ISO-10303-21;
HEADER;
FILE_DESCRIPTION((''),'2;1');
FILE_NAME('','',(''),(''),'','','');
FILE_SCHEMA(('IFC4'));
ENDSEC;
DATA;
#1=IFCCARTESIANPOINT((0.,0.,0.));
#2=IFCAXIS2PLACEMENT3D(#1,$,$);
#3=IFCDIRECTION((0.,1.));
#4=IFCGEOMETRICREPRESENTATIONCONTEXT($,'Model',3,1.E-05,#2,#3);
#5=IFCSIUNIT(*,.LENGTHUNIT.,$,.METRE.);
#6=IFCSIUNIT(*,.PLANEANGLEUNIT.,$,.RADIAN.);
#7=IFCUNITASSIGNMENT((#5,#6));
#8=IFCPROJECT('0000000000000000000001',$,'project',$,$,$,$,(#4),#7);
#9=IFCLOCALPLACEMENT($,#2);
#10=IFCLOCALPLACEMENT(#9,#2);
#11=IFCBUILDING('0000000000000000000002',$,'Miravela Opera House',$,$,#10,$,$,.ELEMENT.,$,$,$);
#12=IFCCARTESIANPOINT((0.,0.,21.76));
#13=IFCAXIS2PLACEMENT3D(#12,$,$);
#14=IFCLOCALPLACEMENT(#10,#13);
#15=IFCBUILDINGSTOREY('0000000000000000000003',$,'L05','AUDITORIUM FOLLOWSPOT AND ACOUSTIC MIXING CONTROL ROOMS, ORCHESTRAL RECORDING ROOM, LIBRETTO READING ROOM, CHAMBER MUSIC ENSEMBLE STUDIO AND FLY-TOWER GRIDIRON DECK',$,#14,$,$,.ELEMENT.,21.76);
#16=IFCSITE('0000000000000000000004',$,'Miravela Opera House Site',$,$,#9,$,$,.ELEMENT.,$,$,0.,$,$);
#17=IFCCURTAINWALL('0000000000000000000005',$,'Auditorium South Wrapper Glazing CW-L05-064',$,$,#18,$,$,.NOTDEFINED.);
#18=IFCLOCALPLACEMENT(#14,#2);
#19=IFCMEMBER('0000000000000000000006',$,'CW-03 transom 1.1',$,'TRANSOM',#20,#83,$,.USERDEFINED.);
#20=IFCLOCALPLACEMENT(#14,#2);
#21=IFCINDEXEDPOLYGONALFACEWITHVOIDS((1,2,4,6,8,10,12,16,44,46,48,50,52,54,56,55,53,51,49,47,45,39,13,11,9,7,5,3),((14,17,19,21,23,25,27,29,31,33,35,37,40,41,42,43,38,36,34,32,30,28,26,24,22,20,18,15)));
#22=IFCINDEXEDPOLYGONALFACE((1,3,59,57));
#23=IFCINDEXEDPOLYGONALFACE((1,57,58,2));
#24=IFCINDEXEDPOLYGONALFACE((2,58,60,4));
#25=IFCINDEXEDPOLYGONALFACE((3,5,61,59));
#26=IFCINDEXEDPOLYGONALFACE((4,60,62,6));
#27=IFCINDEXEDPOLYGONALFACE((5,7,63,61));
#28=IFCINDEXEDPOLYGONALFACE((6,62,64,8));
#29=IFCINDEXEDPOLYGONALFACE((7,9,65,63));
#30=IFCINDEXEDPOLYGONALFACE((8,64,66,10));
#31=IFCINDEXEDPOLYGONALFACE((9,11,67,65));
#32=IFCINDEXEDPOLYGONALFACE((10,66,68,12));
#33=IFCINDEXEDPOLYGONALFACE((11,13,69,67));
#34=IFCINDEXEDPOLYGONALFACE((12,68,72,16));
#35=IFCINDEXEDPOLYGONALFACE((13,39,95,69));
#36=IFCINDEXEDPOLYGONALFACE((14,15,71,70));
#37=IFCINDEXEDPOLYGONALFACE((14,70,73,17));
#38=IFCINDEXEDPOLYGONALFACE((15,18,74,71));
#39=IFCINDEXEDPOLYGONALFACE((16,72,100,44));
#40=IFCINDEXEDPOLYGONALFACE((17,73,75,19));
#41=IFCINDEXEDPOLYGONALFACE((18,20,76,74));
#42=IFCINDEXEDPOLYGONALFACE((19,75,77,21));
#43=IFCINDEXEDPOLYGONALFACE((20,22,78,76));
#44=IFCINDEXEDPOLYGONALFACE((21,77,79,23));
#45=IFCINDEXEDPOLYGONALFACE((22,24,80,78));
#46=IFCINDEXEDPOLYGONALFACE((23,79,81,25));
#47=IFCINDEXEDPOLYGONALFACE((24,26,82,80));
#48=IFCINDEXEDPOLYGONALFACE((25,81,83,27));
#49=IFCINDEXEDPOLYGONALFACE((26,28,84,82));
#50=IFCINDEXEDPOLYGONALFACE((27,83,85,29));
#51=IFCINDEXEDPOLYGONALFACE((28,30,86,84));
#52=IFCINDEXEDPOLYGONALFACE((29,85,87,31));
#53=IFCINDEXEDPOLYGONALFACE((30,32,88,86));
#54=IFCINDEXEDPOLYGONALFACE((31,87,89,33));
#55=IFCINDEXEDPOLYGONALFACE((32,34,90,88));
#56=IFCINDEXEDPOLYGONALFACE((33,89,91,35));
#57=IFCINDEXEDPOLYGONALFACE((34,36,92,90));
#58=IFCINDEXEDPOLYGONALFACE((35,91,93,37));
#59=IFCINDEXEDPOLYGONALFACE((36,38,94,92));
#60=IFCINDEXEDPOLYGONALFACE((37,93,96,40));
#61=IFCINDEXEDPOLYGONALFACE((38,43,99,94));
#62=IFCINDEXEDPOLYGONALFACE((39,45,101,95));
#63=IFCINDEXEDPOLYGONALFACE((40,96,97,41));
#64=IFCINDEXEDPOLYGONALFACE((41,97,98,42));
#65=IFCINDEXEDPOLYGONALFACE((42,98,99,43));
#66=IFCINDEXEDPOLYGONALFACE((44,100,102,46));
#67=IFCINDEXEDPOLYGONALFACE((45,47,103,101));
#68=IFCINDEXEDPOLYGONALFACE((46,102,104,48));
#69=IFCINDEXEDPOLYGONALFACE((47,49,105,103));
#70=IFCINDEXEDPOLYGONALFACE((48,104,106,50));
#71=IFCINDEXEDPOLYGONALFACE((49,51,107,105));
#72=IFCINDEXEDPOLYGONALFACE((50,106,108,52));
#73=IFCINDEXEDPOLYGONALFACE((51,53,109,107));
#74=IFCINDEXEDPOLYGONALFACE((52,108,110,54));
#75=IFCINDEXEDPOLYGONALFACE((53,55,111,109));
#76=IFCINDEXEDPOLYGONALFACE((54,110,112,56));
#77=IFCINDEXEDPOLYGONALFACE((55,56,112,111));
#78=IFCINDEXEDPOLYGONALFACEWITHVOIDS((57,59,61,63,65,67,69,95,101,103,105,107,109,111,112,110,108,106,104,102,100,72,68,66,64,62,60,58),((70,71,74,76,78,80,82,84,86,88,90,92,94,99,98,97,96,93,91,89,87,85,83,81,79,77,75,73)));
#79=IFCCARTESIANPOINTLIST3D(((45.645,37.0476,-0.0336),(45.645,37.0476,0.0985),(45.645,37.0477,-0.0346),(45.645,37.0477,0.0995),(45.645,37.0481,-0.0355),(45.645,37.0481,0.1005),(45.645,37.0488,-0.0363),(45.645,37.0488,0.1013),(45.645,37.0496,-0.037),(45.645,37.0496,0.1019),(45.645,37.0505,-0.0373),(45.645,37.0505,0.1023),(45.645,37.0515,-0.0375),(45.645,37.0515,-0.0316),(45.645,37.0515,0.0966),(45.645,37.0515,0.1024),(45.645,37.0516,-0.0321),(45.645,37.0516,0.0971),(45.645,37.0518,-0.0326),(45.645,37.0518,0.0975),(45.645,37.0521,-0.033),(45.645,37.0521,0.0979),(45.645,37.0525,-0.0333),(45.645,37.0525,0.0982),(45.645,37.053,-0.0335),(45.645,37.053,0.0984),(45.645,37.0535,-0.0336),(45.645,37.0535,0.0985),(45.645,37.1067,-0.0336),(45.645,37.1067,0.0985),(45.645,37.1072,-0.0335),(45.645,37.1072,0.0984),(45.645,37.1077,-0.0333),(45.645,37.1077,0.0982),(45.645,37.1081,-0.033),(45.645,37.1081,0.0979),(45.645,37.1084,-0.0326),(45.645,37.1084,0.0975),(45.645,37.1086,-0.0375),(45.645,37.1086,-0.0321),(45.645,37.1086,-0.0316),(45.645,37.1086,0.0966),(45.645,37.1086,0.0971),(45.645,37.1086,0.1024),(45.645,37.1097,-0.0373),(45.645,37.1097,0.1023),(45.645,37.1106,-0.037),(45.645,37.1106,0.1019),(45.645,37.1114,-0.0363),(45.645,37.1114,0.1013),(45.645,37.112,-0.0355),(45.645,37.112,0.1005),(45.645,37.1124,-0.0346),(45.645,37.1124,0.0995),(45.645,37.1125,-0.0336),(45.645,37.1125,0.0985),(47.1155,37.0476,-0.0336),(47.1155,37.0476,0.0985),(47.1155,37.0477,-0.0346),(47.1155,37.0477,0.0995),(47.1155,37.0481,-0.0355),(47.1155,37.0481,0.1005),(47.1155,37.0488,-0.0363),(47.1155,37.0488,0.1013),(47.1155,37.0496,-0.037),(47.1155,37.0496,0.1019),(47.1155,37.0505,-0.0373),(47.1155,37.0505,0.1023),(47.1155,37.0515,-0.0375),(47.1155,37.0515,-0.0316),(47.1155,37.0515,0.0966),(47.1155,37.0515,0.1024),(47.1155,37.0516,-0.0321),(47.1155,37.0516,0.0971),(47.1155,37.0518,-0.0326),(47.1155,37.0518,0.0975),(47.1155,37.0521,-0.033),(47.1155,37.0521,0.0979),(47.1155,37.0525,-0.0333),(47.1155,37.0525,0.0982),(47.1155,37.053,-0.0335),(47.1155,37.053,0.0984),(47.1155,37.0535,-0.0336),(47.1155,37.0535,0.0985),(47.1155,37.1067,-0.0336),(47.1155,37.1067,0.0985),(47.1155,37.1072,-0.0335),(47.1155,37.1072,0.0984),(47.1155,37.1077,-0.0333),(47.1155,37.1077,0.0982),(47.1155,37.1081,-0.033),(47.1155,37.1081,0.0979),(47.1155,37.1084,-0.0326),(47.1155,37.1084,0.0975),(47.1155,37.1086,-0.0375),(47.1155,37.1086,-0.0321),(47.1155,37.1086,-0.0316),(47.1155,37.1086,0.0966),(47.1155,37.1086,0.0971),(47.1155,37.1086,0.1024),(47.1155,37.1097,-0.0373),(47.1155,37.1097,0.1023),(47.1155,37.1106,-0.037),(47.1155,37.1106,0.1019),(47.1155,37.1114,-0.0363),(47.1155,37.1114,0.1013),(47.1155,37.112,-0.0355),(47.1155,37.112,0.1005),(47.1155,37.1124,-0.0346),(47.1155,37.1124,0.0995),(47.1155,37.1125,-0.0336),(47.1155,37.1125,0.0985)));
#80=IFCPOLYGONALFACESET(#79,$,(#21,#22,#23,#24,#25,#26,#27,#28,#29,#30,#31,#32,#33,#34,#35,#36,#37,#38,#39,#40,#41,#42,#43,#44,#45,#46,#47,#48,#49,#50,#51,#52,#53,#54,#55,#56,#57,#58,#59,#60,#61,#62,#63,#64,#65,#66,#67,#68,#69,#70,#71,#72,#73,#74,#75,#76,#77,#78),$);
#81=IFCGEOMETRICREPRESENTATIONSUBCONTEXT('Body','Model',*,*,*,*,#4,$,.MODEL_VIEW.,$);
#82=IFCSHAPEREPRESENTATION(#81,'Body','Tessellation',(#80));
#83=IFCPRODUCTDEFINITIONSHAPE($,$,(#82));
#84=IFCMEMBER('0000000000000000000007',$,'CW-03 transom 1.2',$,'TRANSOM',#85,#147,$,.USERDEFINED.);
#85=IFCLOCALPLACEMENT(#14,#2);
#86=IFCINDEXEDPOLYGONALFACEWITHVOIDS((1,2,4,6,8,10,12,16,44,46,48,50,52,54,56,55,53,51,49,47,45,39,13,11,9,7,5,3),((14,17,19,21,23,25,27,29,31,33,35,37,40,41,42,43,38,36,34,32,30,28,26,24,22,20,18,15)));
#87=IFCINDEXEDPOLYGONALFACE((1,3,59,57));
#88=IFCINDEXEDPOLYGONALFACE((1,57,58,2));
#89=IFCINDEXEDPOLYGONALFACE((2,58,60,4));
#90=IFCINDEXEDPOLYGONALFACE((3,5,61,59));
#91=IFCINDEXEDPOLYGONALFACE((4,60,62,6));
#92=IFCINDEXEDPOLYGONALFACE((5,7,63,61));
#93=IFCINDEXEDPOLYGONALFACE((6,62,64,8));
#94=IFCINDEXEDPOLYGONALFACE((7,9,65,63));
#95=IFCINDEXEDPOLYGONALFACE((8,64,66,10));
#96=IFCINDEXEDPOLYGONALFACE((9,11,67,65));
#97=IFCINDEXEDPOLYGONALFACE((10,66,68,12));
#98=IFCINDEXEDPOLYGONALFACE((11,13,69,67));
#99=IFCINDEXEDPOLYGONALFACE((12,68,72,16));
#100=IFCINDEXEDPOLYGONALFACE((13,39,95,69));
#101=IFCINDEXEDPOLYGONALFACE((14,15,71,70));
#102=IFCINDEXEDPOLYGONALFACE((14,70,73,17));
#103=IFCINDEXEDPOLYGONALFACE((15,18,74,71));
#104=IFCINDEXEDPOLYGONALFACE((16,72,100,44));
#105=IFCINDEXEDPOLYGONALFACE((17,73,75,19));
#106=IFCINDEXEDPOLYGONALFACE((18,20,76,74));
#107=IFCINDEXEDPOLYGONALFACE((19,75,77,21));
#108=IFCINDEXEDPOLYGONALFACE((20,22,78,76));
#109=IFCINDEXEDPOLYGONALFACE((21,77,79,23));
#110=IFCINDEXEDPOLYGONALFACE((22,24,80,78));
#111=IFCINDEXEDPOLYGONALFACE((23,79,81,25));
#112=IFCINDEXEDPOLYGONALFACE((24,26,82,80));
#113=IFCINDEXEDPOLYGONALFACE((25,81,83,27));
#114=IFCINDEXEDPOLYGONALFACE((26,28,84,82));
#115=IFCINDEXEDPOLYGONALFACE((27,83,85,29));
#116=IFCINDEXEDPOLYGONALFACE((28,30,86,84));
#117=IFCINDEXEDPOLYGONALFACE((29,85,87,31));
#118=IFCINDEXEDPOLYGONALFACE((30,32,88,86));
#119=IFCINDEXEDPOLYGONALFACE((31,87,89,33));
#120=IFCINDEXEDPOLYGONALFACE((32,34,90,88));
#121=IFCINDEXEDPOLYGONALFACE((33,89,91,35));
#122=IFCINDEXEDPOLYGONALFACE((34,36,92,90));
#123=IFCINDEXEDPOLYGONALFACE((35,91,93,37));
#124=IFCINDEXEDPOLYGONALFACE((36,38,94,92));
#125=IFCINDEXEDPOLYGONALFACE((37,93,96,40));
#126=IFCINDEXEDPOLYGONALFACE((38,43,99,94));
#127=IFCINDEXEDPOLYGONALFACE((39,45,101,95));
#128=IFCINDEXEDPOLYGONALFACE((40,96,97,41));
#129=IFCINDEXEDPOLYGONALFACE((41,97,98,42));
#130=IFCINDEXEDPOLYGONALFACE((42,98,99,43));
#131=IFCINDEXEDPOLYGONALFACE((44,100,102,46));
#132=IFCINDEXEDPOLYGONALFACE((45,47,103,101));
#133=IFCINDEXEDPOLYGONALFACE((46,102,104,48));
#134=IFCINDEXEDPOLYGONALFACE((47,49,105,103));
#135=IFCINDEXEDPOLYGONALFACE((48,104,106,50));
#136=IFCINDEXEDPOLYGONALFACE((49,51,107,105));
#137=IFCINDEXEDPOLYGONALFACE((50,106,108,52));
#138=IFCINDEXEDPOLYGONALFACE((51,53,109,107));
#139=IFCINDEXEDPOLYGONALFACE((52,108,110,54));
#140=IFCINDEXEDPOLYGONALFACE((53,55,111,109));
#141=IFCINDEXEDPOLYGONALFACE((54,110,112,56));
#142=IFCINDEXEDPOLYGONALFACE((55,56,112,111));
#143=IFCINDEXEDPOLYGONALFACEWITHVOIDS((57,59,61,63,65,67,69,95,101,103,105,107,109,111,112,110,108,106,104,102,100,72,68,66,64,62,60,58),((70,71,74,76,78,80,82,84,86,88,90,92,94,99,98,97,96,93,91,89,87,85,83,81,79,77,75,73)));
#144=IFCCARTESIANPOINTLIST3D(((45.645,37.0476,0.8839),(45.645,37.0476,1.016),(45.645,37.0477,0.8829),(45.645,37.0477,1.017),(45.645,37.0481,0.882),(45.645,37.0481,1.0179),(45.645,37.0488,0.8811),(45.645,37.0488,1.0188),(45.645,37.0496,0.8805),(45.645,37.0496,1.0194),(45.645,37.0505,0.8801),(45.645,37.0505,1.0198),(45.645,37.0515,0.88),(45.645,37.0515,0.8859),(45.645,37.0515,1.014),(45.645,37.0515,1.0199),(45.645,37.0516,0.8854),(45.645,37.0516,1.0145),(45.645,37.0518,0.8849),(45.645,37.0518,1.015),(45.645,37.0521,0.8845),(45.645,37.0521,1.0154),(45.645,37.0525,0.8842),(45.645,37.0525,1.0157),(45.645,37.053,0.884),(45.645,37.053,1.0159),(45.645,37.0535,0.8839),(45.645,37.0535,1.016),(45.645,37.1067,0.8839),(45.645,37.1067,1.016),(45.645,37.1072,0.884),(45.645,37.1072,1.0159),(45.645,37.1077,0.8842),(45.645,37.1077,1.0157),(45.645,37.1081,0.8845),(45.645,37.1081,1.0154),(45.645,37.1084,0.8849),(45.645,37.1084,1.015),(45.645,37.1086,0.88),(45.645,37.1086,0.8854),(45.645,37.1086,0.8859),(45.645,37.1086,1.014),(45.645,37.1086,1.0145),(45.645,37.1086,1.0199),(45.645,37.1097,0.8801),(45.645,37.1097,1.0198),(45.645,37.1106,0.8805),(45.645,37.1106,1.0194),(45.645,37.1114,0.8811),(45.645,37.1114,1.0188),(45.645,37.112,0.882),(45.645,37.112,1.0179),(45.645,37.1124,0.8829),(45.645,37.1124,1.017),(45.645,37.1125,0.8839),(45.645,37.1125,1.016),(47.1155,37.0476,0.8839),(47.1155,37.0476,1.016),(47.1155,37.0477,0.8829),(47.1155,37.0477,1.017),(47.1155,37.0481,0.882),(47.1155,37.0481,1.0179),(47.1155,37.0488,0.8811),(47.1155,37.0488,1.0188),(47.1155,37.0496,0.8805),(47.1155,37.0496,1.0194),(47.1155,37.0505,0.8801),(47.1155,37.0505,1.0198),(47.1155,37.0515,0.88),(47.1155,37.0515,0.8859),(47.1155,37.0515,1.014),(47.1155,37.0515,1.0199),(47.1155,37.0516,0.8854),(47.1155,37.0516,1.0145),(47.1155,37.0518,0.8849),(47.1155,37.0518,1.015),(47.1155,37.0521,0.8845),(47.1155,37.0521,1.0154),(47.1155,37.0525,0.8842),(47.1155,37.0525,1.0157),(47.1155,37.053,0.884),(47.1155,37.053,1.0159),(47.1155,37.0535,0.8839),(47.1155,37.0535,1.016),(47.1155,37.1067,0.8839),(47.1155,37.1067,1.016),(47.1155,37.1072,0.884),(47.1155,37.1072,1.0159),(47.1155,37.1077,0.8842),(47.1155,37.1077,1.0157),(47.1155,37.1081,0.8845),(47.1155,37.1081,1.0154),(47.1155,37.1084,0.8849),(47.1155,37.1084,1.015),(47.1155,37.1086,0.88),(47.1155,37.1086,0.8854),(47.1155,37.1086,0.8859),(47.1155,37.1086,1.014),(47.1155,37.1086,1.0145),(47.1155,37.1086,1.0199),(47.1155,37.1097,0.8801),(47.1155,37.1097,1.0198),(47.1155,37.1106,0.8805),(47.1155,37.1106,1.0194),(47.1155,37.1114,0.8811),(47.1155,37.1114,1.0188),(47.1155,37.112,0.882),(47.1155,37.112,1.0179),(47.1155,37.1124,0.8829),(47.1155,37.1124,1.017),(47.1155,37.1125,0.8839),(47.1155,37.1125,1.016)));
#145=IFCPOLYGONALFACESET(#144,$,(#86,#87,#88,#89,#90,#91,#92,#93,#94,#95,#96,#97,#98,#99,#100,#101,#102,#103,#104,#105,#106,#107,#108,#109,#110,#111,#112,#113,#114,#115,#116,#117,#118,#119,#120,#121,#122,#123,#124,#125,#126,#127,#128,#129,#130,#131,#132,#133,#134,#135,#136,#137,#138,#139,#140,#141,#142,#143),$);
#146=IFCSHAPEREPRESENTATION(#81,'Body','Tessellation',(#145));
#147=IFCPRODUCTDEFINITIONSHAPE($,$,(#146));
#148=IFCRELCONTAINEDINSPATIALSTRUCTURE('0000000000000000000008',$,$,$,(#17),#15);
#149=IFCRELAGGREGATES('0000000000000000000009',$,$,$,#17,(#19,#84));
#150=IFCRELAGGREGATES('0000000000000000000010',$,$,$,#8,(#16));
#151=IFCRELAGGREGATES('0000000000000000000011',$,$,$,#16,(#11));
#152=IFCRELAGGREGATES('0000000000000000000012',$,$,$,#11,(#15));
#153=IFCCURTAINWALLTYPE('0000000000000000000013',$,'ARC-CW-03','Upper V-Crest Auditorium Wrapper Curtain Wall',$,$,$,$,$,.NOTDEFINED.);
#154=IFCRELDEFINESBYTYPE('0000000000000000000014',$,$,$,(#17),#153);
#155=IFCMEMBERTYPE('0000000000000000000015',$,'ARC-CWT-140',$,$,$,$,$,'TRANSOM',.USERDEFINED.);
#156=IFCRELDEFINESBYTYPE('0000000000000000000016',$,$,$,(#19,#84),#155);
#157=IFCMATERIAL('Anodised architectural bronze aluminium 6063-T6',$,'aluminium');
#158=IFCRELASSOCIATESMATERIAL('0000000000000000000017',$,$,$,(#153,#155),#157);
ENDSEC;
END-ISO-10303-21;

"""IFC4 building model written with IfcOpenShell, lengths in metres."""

from ifc_helpers import new_model, si_unit, direction, frame, origin, origin_2d, place, context, subcontext, project, spatial, hollow_rectangle, extrude, material, material_profile, profile_set, type_object, element, aggregate, save


model = new_model("IFC4")

# Units and contexts
model_context = context("Model", 3, precision=1e-05, world=origin(), true_north=direction((0.0, 1.0)))
body_context = subcontext(model_context, "Body", "Model", "MODEL_VIEW")
ifc_project = project(units=[si_unit("LENGTHUNIT", "METRE"), si_unit("PLANEANGLEUNIT", "RADIAN")], contexts=[model_context])

# Site, building, storey
site_placement = place(None, origin())
site = spatial("IfcSite", under=ifc_project, at=site_placement, Name="Miravela Opera House Site", CompositionType="ELEMENT", RefElevation=0.0)
building_placement = place(site_placement, origin())
building = spatial("IfcBuilding", under=site, at=building_placement, Name="Miravela Opera House", CompositionType="ELEMENT")
storey_placement = place(building_placement, frame((0.0, 0.0, 21.76)))
storey = spatial("IfcBuildingStorey", under=building, at=storey_placement, Name="L05", Description="AUDITORIUM FOLLOWSPOT AND ACOUSTIC MIXING CONTROL ROOMS, ORCHESTRAL RECORDING ROOM, LIBRETTO READING ROOM, CHAMBER MUSIC ENSEMBLE STUDIO AND FLY-TOWER GRIDIRON DECK", CompositionType="ELEMENT", Elevation=21.76)

# Shared definitions
ifc_material_1 = material(Name="Anodised architectural bronze aluminium 6063-T6", Category="aluminium")
curtain_wall_type = type_object("IfcCurtainWallType", Name="ARC-CW-03", Description="Upper V-Crest Auditorium Wrapper Curtain Wall", PredefinedType="NOTDEFINED", material=ifc_material_1)

# Curtain wall, members
curtain_wall_1_placement = place(storey_placement, origin())
curtain_wall_1 = element("IfcCurtainWall", 1, at=curtain_wall_1_placement, inside=storey, type_object=curtain_wall_type, Name="Auditorium South Wrapper Glazing CW-L05-064", PredefinedType="NOTDEFINED")
ifc_material_profile_1 = material_profile(ifc_material_1, hollow_rectangle(XDim=0.0649, YDim=0.1399, WallThickness=0.0039, InnerFilletRadius=0.002, OuterFilletRadius=0.0039, at=origin_2d()), Name="CWT-65X140")
ifc_profile_set_1 = profile_set([ifc_material_profile_1])
member_type_1 = type_object("IfcMemberType", Name="ARC-CWT-140", ElementType="TRANSOM", PredefinedType="USERDEFINED", material=ifc_profile_set_1)
member_1_placement = place(storey_placement, frame((45.645, 37.0801, 0.0325), z_axis=(1.0, 0.0, 0.0), x_axis=(0.0, 1.0, 0.0)))
member_1 = element("IfcMember", 2, at=member_1_placement, type_object=member_type_1, Name="CW-03 transom 1.1", ObjectType="TRANSOM", PredefinedType="USERDEFINED", context=body_context, shape_type="SweptSolid", body=[
    extrude(hollow_rectangle(XDim=0.0649, YDim=0.1399, WallThickness=0.0039, InnerFilletRadius=0.002, OuterFilletRadius=0.0039, at=origin_2d()), origin(), (0.0, 0.0, 1.0), 1.4705),
])
member_2_placement = place(storey_placement, frame((45.645, 37.0801, 0.95), z_axis=(1.0, 0.0, 0.0), x_axis=(0.0, 1.0, 0.0)))
member_2 = element("IfcMember", 3, at=member_2_placement, type_object=member_type_1, Name="CW-03 transom 1.2", ObjectType="TRANSOM", PredefinedType="USERDEFINED", context=body_context, shape_type="SweptSolid", body=[
    extrude(hollow_rectangle(XDim=0.0649, YDim=0.1399, WallThickness=0.0039, InnerFilletRadius=0.002, OuterFilletRadius=0.0039, at=origin_2d()), origin(), (0.0, 0.0, 1.0), 1.4705),
])

aggregate(curtain_wall_1, [member_1, member_2])

save(model, "model.ifc")
